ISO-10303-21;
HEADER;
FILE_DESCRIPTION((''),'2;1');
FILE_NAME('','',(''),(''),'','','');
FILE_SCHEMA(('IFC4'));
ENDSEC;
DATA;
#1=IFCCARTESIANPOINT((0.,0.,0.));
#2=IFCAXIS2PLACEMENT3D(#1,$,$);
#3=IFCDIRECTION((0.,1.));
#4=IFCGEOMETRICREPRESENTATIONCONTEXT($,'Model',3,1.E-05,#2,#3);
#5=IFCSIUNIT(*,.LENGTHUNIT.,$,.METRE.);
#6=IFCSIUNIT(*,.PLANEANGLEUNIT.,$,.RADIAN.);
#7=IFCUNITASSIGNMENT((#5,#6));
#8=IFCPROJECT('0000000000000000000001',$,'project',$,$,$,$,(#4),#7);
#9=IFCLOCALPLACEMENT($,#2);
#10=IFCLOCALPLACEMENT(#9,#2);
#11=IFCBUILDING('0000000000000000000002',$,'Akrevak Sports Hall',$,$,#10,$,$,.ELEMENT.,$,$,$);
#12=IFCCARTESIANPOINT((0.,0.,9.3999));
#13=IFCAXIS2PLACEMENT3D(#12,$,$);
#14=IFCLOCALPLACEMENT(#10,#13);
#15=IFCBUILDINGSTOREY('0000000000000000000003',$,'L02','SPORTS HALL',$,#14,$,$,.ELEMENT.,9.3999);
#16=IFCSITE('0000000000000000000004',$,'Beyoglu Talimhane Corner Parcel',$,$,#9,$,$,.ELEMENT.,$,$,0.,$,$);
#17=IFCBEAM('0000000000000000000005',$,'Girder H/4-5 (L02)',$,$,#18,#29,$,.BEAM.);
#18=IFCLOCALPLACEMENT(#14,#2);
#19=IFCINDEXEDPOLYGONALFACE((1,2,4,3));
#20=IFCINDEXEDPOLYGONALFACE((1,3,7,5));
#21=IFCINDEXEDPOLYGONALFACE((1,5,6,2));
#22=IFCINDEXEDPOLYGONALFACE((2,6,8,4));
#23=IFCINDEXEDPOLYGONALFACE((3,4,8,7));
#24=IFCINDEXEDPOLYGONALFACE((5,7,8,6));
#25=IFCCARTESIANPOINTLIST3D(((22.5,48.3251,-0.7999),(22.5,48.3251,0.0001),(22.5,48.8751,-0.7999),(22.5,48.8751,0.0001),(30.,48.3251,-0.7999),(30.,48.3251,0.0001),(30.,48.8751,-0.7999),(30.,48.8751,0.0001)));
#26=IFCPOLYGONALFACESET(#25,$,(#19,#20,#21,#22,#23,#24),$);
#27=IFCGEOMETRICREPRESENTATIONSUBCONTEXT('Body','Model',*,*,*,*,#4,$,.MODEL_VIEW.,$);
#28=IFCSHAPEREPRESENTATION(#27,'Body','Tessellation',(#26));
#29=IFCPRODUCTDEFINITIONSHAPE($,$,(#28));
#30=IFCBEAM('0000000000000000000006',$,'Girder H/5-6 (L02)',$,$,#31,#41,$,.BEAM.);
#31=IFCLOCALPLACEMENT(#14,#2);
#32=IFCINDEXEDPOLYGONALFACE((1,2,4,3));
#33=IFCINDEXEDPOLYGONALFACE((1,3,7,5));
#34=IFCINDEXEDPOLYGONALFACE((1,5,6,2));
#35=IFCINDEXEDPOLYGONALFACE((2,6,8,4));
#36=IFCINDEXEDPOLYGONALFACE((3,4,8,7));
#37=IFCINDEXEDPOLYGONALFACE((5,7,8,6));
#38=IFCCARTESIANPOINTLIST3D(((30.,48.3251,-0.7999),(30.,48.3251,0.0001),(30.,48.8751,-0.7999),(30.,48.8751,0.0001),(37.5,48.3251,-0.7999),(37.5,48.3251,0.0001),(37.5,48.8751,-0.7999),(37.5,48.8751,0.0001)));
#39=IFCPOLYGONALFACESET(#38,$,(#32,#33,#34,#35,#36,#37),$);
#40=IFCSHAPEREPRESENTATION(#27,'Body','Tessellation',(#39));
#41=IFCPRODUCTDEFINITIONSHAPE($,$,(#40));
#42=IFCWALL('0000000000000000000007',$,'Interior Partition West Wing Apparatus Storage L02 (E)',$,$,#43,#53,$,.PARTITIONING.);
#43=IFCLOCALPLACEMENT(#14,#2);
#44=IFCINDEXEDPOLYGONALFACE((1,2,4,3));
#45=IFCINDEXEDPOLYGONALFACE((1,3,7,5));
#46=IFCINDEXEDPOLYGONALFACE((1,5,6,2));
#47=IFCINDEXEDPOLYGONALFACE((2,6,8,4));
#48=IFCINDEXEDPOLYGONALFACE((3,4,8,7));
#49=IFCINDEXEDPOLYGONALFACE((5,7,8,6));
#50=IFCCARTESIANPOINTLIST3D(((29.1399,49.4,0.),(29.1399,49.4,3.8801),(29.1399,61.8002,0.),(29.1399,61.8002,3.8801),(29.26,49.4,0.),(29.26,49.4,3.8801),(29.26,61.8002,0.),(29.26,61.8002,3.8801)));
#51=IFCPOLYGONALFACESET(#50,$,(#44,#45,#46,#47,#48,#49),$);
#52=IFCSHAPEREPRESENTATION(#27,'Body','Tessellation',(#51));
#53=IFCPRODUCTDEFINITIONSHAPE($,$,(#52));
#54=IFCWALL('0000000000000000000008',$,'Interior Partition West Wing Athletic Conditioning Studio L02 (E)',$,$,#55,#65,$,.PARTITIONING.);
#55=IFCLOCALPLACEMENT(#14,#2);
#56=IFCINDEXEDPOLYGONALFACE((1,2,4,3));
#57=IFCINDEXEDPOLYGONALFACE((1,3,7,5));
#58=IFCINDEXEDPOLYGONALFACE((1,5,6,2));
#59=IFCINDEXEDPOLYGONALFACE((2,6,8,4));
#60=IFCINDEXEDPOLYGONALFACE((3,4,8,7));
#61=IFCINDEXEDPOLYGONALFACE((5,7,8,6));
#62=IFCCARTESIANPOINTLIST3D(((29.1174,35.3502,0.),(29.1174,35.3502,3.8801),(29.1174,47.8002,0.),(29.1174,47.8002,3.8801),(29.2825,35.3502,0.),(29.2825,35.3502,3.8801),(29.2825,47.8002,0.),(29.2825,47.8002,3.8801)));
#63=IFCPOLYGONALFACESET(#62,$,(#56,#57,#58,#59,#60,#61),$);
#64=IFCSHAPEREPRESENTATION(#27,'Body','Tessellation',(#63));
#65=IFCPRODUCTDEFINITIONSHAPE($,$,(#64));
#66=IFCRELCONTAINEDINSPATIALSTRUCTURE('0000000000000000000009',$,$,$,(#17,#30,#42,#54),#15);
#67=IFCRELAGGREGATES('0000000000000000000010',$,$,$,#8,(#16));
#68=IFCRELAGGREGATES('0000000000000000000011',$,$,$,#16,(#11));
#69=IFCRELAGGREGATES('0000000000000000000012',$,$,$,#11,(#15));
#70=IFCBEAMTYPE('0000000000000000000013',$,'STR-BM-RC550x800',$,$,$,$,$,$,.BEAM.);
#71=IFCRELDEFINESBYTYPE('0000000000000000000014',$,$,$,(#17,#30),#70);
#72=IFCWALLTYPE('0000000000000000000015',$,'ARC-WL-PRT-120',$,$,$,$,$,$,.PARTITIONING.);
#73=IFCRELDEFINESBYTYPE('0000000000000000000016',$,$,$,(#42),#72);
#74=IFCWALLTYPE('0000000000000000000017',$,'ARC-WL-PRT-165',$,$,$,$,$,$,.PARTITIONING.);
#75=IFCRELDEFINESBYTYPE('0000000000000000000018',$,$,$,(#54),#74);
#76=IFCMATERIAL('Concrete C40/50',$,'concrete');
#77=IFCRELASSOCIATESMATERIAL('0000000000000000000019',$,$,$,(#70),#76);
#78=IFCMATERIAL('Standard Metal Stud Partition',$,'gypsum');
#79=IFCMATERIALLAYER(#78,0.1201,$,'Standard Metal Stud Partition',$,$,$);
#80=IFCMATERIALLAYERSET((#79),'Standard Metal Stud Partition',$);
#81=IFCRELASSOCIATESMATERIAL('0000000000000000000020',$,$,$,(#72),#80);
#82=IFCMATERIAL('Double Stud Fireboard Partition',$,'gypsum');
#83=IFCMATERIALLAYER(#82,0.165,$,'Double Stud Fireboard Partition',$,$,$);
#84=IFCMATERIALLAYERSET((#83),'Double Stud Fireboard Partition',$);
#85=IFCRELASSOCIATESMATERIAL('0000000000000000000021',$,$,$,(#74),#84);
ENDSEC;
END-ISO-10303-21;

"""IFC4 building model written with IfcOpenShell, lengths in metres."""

from ifc_helpers import new_model, si_unit, direction, frame, frame_2d, origin, origin_2d, place, context, subcontext, project, spatial, rectangle, extrude, material, layer, layer_set, material_profile, profile_set, type_object, element, save


model = new_model("IFC4")

# Units and contexts
model_context = context("Model", 3, precision=1e-05, world=origin(), true_north=direction((0.0, 1.0)))
body_context = subcontext(model_context, "Body", "Model", "MODEL_VIEW")
ifc_project = project(units=[si_unit("LENGTHUNIT", "METRE"), si_unit("PLANEANGLEUNIT", "RADIAN")], contexts=[model_context])

# Site, building, storey
site_placement = place(None, origin())
site = spatial("IfcSite", under=ifc_project, at=site_placement, Name="Beyoglu Talimhane Corner Parcel", CompositionType="ELEMENT", RefElevation=0.0)
building_placement = place(site_placement, origin())
building = spatial("IfcBuilding", under=site, at=building_placement, Name="Akrevak Sports Hall", CompositionType="ELEMENT")
storey_placement = place(building_placement, frame((0.0, 0.0, 9.3999)))
storey = spatial("IfcBuildingStorey", under=building, at=storey_placement, Name="L02", Description="SPORTS HALL", CompositionType="ELEMENT", Elevation=9.3999)

# Shared definitions
ifc_material_1 = material(Name="Concrete C40/50", Category="concrete")

# Beams
ifc_material_profile_1 = material_profile(ifc_material_1, rectangle(XDim=0.55, YDim=0.8, at=origin_2d()), Name="BM 550x800", Category="concrete")
ifc_profile_set_1 = profile_set([ifc_material_profile_1], Name="Concrete C40/50")
beam_type_1 = type_object("IfcBeamType", Name="STR-BM-RC550x800", PredefinedType="BEAM", material=ifc_profile_set_1)
for number, where, z_axis, x_axis, name in (
    (1, (22.5, 48.6001, -0.3999), (1.0, 0.0, 0.0), (0.0, 1.0, 0.0), "Girder H/4-5 (L02)"),
    (2, (30.0, 48.6001, -0.3999), (1.0, 0.0, 0.0), (0.0, 1.0, 0.0), "Girder H/5-6 (L02)"),
):
    element("IfcBeam", number, at=place(storey_placement, frame(where, z_axis=z_axis, x_axis=x_axis)), inside=storey, type_object=beam_type_1, Name=name, PredefinedType="BEAM", context=body_context, shape_type="SweptSolid", body=[
        extrude(rectangle(XDim=0.55, YDim=0.8, at=origin_2d()), origin(), (0.0, 0.0, 1.0), 7.5),
    ])

# Walls
ifc_material_2 = material(Name="Standard Metal Stud Partition", Category="gypsum")
ifc_layer_1 = layer(ifc_material_2, 0.1201, Name="Standard Metal Stud Partition")
ifc_layer_set_1 = layer_set([ifc_layer_1], Name="Standard Metal Stud Partition")
wall_type_1 = type_object("IfcWallType", Name="ARC-WL-PRT-120", PredefinedType="PARTITIONING", material=ifc_layer_set_1)
wall_1_placement = place(storey_placement, frame((29.2, 49.3999, 0.0), z_axis=(0.0, 0.0, 1.0), x_axis=(0.0, 1.0, 0.0)))
element("IfcWall", 3, at=wall_1_placement, inside=storey, type_object=wall_type_1, Name="Interior Partition West Wing Apparatus Storage L02 (E)", PredefinedType="PARTITIONING", context=body_context, shape_type="SweptSolid", body=[
    extrude(rectangle(XDim=12.4001, YDim=0.1201, at=frame_2d((6.2002, 0.0))), origin(), (0.0, 0.0, 1.0), 3.8801),
])
ifc_material_3 = material(Name="Double Stud Fireboard Partition", Category="gypsum")
ifc_layer_2 = layer(ifc_material_3, 0.165, Name="Double Stud Fireboard Partition")
ifc_layer_set_2 = layer_set([ifc_layer_2], Name="Double Stud Fireboard Partition")
wall_type_2 = type_object("IfcWallType", Name="ARC-WL-PRT-165", PredefinedType="PARTITIONING", material=ifc_layer_set_2)
wall_2_placement = place(storey_placement, frame((29.2, 35.3501, 0.0), z_axis=(0.0, 0.0, 1.0), x_axis=(0.0, 1.0, 0.0)))
element("IfcWall", 4, at=wall_2_placement, inside=storey, type_object=wall_type_2, Name="Interior Partition West Wing Athletic Conditioning Studio L02 (E)", PredefinedType="PARTITIONING", context=body_context, shape_type="SweptSolid", body=[
    extrude(rectangle(XDim=12.45, YDim=0.165, at=frame_2d((6.2251, 0.0))), origin(), (0.0, 0.0, 1.0), 3.8801),
])

save(model, "model.ifc")
